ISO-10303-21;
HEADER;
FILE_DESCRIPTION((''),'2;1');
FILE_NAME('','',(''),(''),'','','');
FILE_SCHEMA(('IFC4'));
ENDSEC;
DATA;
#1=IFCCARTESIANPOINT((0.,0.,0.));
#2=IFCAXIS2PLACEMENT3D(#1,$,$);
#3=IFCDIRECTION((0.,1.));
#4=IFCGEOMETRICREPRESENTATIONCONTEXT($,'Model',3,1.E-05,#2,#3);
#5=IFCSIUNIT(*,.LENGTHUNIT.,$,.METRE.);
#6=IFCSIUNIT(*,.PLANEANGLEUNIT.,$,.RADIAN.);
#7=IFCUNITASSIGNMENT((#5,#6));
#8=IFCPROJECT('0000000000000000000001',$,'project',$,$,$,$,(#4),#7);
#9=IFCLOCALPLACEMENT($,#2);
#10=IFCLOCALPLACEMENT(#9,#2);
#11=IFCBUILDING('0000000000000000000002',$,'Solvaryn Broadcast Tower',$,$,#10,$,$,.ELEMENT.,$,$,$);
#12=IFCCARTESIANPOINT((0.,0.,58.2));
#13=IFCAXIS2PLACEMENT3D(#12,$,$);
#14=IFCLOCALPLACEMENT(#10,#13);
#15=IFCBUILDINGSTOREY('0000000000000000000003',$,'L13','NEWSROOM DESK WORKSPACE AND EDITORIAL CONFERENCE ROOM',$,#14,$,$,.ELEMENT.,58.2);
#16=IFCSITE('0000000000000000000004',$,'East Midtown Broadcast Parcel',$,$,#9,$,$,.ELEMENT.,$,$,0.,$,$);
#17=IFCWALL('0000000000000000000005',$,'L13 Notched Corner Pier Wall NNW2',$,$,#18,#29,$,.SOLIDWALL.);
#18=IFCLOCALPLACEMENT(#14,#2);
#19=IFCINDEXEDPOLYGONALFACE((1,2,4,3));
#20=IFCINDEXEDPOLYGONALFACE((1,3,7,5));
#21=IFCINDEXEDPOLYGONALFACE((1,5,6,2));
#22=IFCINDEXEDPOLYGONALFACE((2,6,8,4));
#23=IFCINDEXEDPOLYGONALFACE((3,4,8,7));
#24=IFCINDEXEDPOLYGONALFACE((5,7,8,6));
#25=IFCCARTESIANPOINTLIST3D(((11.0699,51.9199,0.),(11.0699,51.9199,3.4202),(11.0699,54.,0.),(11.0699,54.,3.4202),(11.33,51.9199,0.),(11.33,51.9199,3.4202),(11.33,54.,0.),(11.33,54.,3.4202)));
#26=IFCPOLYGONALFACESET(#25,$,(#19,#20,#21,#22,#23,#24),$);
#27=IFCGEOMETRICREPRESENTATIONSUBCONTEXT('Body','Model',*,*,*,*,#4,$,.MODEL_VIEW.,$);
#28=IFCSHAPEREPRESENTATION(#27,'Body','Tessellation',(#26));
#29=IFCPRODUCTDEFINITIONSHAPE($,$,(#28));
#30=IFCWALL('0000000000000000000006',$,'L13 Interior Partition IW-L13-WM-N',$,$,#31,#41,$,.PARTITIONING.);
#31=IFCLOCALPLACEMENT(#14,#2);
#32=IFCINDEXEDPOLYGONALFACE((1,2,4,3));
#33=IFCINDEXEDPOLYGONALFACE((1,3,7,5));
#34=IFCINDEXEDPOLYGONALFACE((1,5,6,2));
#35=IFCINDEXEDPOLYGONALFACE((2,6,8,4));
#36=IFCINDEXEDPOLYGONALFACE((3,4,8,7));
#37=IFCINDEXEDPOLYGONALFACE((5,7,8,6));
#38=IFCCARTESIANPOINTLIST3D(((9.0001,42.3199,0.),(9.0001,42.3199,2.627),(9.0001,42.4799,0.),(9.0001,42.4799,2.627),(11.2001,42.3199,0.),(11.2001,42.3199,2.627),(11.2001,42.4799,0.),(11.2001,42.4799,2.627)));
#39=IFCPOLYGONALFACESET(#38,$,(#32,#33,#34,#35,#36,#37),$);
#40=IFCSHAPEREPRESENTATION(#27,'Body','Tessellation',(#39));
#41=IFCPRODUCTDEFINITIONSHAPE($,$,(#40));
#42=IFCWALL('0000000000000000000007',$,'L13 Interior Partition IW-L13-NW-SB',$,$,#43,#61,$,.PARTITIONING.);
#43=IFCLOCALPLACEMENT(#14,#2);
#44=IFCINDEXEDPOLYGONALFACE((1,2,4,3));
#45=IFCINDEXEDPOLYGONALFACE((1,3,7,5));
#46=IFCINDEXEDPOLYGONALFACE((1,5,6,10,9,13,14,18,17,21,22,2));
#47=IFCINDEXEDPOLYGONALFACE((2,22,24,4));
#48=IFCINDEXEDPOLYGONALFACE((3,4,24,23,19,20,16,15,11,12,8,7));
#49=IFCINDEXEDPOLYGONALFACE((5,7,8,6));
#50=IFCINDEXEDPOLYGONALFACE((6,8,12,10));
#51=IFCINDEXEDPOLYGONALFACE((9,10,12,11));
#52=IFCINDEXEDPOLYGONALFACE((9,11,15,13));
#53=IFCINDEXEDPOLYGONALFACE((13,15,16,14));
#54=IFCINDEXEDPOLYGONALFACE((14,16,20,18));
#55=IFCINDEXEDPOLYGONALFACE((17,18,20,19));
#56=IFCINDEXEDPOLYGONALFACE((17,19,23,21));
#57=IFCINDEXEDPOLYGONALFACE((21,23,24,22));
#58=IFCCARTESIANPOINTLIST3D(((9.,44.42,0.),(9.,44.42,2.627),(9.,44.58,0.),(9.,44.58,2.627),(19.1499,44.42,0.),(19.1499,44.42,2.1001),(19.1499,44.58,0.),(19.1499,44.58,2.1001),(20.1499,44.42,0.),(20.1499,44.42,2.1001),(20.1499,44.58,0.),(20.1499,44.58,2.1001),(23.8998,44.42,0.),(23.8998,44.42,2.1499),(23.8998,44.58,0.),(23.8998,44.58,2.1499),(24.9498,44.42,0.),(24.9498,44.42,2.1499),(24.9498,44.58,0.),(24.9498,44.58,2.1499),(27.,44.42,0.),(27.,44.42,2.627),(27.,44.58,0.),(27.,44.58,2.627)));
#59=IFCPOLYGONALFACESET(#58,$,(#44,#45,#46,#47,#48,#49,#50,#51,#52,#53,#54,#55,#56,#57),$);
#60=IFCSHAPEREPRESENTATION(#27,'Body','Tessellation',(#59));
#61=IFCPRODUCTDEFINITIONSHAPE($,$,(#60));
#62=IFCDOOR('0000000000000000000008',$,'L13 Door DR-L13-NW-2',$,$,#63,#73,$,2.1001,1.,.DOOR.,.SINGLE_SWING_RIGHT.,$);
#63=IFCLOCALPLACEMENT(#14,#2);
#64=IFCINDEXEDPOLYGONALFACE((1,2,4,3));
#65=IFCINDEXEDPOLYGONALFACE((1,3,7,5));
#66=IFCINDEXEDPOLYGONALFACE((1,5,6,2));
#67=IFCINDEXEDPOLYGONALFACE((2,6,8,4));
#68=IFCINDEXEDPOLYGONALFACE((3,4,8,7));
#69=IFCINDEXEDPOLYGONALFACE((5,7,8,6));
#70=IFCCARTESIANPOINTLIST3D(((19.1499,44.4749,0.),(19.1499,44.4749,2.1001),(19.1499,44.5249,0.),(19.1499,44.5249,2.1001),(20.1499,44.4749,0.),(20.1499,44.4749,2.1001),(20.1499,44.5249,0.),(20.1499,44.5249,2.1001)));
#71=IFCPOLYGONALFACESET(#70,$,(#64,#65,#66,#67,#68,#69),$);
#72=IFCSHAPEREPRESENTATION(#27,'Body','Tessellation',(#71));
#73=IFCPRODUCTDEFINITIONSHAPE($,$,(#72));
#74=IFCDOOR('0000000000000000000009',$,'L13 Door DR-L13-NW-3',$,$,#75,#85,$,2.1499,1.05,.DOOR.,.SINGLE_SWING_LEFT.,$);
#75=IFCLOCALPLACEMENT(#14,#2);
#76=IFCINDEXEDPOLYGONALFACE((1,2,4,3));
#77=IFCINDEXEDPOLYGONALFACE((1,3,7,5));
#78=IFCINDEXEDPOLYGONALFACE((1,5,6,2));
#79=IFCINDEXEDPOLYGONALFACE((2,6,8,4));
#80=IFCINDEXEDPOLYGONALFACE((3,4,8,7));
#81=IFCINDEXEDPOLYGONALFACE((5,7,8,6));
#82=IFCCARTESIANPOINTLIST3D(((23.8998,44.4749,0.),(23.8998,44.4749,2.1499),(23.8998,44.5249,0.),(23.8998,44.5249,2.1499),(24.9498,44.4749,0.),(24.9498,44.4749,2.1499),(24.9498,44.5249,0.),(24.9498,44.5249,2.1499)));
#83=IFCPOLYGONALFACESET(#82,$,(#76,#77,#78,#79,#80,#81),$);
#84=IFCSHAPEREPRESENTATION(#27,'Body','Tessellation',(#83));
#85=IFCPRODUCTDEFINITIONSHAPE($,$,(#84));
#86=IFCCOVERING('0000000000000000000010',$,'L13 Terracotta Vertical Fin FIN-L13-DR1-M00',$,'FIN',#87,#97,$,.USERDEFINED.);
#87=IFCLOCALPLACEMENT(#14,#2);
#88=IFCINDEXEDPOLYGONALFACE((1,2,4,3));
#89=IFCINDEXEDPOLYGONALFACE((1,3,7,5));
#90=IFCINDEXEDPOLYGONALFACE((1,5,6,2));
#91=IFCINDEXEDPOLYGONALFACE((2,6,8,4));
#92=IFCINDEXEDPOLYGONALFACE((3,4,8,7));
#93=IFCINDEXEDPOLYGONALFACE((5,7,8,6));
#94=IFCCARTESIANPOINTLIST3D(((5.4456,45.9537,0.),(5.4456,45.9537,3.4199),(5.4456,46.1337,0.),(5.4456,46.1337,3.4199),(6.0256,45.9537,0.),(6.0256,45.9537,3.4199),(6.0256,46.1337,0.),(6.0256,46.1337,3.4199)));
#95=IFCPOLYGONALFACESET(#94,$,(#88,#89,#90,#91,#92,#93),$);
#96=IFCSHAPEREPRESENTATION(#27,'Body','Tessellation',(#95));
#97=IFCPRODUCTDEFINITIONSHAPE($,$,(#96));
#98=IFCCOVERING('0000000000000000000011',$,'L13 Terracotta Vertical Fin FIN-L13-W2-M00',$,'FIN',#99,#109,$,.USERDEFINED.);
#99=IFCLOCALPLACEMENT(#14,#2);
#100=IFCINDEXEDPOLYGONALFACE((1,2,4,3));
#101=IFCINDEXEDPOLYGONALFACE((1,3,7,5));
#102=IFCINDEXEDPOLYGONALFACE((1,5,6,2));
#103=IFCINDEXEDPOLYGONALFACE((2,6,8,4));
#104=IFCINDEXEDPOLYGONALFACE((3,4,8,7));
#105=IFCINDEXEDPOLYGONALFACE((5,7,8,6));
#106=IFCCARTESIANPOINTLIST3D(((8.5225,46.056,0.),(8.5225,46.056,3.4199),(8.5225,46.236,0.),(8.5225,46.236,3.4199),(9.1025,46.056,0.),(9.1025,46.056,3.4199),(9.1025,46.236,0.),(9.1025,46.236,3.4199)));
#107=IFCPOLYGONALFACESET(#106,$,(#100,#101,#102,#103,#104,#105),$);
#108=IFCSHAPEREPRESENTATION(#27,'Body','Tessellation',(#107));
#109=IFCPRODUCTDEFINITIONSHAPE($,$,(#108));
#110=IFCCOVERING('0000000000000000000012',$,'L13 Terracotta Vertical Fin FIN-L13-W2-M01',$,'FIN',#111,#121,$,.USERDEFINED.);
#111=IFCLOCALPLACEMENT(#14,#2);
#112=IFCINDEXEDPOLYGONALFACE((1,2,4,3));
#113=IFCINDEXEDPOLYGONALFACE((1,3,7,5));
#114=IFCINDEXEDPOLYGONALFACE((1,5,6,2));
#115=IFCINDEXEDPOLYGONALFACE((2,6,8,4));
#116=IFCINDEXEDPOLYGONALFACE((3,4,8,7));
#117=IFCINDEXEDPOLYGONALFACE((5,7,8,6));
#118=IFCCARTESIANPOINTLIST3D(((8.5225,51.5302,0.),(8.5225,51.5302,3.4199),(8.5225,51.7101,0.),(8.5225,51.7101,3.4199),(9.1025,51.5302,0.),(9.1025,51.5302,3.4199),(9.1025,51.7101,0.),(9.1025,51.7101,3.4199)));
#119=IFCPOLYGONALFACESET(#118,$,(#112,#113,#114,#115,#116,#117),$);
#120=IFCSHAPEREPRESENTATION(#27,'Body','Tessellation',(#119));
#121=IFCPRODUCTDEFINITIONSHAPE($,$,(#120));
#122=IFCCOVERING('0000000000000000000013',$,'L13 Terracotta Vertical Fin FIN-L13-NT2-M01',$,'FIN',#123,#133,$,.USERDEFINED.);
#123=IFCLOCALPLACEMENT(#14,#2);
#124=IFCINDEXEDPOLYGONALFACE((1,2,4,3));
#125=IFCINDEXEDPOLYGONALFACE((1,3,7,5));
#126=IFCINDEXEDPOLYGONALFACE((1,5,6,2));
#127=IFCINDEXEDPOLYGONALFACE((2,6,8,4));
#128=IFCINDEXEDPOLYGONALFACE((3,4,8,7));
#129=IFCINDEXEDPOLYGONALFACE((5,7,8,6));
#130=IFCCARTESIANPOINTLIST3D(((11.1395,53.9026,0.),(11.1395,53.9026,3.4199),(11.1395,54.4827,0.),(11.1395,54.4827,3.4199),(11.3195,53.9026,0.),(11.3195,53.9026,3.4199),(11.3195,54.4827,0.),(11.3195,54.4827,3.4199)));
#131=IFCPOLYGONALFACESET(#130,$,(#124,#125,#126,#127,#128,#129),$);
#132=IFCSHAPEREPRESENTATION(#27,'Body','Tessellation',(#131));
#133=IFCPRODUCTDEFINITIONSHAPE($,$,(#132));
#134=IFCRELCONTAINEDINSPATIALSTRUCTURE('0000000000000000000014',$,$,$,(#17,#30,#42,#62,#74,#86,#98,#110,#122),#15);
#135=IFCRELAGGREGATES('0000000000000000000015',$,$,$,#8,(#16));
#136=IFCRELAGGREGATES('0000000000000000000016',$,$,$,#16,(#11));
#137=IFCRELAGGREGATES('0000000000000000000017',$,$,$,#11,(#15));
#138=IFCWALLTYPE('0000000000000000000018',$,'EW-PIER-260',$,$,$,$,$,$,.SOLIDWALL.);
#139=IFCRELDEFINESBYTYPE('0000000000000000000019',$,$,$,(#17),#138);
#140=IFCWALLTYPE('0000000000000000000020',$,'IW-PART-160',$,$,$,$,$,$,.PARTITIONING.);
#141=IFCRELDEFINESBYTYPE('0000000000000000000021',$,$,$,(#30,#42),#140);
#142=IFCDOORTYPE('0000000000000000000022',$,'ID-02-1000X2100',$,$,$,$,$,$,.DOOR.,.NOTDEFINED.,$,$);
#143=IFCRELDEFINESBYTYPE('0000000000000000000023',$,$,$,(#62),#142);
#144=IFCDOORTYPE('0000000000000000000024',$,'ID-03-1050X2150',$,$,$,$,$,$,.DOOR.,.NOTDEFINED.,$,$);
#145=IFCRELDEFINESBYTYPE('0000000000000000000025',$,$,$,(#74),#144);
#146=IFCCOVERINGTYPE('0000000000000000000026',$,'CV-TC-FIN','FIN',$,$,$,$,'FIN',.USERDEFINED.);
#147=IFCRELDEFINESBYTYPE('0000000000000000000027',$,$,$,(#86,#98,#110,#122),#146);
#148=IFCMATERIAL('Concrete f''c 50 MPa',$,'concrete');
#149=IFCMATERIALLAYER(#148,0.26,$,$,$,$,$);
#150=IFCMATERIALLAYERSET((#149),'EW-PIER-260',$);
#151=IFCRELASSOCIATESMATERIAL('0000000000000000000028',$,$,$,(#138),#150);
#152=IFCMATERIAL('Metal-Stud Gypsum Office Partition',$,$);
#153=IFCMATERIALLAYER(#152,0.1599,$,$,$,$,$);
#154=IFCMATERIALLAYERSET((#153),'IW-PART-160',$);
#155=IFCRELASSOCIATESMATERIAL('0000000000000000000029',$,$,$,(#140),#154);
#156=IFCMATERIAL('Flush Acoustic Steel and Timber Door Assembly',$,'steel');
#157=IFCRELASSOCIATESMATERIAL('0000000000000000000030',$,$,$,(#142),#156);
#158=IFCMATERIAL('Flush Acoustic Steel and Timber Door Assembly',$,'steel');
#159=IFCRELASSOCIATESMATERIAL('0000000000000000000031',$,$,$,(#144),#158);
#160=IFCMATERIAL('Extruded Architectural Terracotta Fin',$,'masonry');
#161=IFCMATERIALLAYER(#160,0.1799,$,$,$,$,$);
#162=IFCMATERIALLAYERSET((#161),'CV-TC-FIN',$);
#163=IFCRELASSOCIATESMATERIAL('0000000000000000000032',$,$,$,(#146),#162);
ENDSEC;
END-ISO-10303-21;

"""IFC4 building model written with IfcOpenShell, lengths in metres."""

from ifc_helpers import new_model, si_unit, direction, frame, frame_2d, origin, origin_2d, place, context, subcontext, project, spatial, rectangle, extrude, material, layer, layer_set, type_object, element, fill, save


model = new_model("IFC4")

# Units and contexts
model_context = context("Model", 3, precision=1e-05, world=origin(), true_north=direction((0.0, 1.0)))
body_context = subcontext(model_context, "Body", "Model", "MODEL_VIEW")
ifc_project = project(units=[si_unit("LENGTHUNIT", "METRE"), si_unit("PLANEANGLEUNIT", "RADIAN")], contexts=[model_context])

# Site, building, storey
site_placement = place(None, origin())
site = spatial("IfcSite", under=ifc_project, at=site_placement, Name="East Midtown Broadcast Parcel", CompositionType="ELEMENT", RefElevation=0.0)
building_placement = place(site_placement, origin())
building = spatial("IfcBuilding", under=site, at=building_placement, Name="Solvaryn Broadcast Tower", CompositionType="ELEMENT")
storey_placement = place(building_placement, frame((0.0, 0.0, 58.2)))
storey = spatial("IfcBuildingStorey", under=building, at=storey_placement, Name="L13", Description="NEWSROOM DESK WORKSPACE AND EDITORIAL CONFERENCE ROOM", CompositionType="ELEMENT", Elevation=58.2)

# Walls
ifc_material_1 = material(Name="Concrete f'c 50 MPa", Category="concrete")
ifc_layer_1 = layer(ifc_material_1, 0.26)
ifc_layer_set_1 = layer_set([ifc_layer_1], Name="EW-PIER-260")
wall_type_1 = type_object("IfcWallType", Name="EW-PIER-260", PredefinedType="SOLIDWALL", material=ifc_layer_set_1)
wall_1_placement = place(storey_placement, frame((11.2, 51.9199, 0.0), z_axis=(0.0, 0.0, 1.0), x_axis=(0.0, 1.0, 0.0)))
element("IfcWall", 1, at=wall_1_placement, inside=storey, type_object=wall_type_1, Name="L13 Notched Corner Pier Wall NNW2", PredefinedType="SOLIDWALL", context=body_context, shape_type="SweptSolid", body=[
    extrude(rectangle(XDim=2.0801, YDim=0.26, at=frame_2d((1.04, 0.0))), origin(), (0.0, 0.0, 1.0), 3.4202),
])
ifc_material_2 = material(Name="Metal-Stud Gypsum Office Partition")
ifc_layer_2 = layer(ifc_material_2, 0.1599)
ifc_layer_set_2 = layer_set([ifc_layer_2], Name="IW-PART-160")
wall_type_2 = type_object("IfcWallType", Name="IW-PART-160", PredefinedType="PARTITIONING", material=ifc_layer_set_2)
wall_2_placement = place(storey_placement, frame((9.0, 42.3999, 0.0), z_axis=(0.0, 0.0, 1.0), x_axis=(1.0, 0.0, 0.0)))
element("IfcWall", 2, at=wall_2_placement, inside=storey, type_object=wall_type_2, Name="L13 Interior Partition IW-L13-WM-N", PredefinedType="PARTITIONING", context=body_context, shape_type="SweptSolid", body=[
    extrude(rectangle(XDim=2.2, YDim=0.1599, at=frame_2d((1.1001, 0.0))), origin(), (0.0, 0.0, 1.0), 2.627),
])

# Wall, openings, doors
wall_3_placement = place(storey_placement, frame((9.0, 44.5, 0.0), z_axis=(0.0, 0.0, 1.0), x_axis=(1.0, 0.0, 0.0)))
wall_3 = element("IfcWall", 3, at=wall_3_placement, inside=storey, type_object=wall_type_2, Name="L13 Interior Partition IW-L13-NW-SB", PredefinedType="PARTITIONING", context=body_context, shape_type="SweptSolid", body=[
    extrude(rectangle(XDim=18.0, YDim=0.1599, at=frame_2d((9.0, 0.0))), origin(), (0.0, 0.0, 1.0), 2.627),
])
opening_1_placement = place(wall_3_placement, frame((10.1499, 0.0, 0.0)))
opening_1 = element("IfcOpeningElement", 4, at=opening_1_placement, cuts=wall_3, PredefinedType="OPENING", context=body_context, shape_type="SweptSolid", body=[
    extrude(rectangle(XDim=1.0, YDim=2.1001, at=frame_2d((0.5, 1.05))), frame((0.0, 0.0901, 0.0), z_axis=(0.0, -1.0, 0.0), x_axis=(1.0, 0.0, 0.0)), (0.0, 0.0, 1.0), 0.1799),
])
opening_2_placement = place(wall_3_placement, frame((14.8999, 0.0, 0.0)))
opening_2 = element("IfcOpeningElement", 5, at=opening_2_placement, cuts=wall_3, PredefinedType="OPENING", context=body_context, shape_type="SweptSolid", body=[
    extrude(rectangle(XDim=1.05, YDim=2.1499, at=frame_2d((0.5249, 1.075))), frame((0.0, 0.0901, 0.0), z_axis=(0.0, -1.0, 0.0), x_axis=(1.0, 0.0, 0.0)), (0.0, 0.0, 1.0), 0.1799),
])
ifc_material_3 = material(Name="Flush Acoustic Steel and Timber Door Assembly", Category="steel")
door_type_1 = type_object("IfcDoorType", Name="ID-02-1000X2100", OperationType="NOTDEFINED", PredefinedType="DOOR", material=ifc_material_3)
door_1_placement = place(opening_1_placement, origin())
door_1 = element("IfcDoor", 6, at=door_1_placement, inside=storey, type_object=door_type_1, Name="L13 Door DR-L13-NW-2", OperationType="SINGLE_SWING_RIGHT", OverallHeight=2.1001, OverallWidth=1.0, PredefinedType="DOOR", context=body_context, shape_type="SweptSolid", body=[
    extrude(rectangle(XDim=1.0, YDim=2.1001, at=frame_2d((0.5, 1.05))), frame((0.0, 0.0249, 0.0), z_axis=(0.0, -1.0, 0.0), x_axis=(1.0, 0.0, 0.0)), (0.0, 0.0, 1.0), 0.05),
])
fill(opening_1, door_1)
ifc_material_4 = material(Name="Flush Acoustic Steel and Timber Door Assembly", Category="steel")
door_type_2 = type_object("IfcDoorType", Name="ID-03-1050X2150", OperationType="NOTDEFINED", PredefinedType="DOOR", material=ifc_material_4)
door_2_placement = place(opening_2_placement, origin())
door_2 = element("IfcDoor", 7, at=door_2_placement, inside=storey, type_object=door_type_2, Name="L13 Door DR-L13-NW-3", OperationType="SINGLE_SWING_LEFT", OverallHeight=2.1499, OverallWidth=1.05, PredefinedType="DOOR", context=body_context, shape_type="SweptSolid", body=[
    extrude(rectangle(XDim=1.05, YDim=2.1499, at=frame_2d((0.5249, 1.075))), frame((0.0, 0.0249, 0.0), z_axis=(0.0, -1.0, 0.0), x_axis=(1.0, 0.0, 0.0)), (0.0, 0.0, 1.0), 0.05),
])
fill(opening_2, door_2)

# Coverings
ifc_material_5 = material(Name="Extruded Architectural Terracotta Fin", Category="masonry")
ifc_layer_3 = layer(ifc_material_5, 0.1799)
ifc_layer_set_3 = layer_set([ifc_layer_3], Name="CV-TC-FIN")
covering_type = type_object("IfcCoveringType", Name="CV-TC-FIN", Description="FIN", ElementType="FIN", PredefinedType="USERDEFINED", material=ifc_layer_set_3)
for number, where, z_axis, x_axis, name in (
    (8, (5.7356, 46.0437, 0.0), (0.0, 0.0, 1.0), (1.0, 0.0, 0.0), "L13 Terracotta Vertical Fin FIN-L13-DR1-M00"),
    (9, (8.8125, 46.146, 0.0), (0.0, 0.0, 1.0), (1.0, 0.0, 0.0), "L13 Terracotta Vertical Fin FIN-L13-W2-M00"),
    (10, (8.8125, 51.6201, 0.0), (0.0, 0.0, 1.0), (1.0, 0.0, 0.0), "L13 Terracotta Vertical Fin FIN-L13-W2-M01"),
):
    element("IfcCovering", number, at=place(storey_placement, frame(where, z_axis=z_axis, x_axis=x_axis)), inside=storey, type_object=covering_type, Name=name, ObjectType="FIN", PredefinedType="USERDEFINED", context=body_context, shape_type="SweptSolid", body=[
        extrude(rectangle(XDim=0.5801, YDim=0.1799, at=origin_2d()), origin(), (0.0, 0.0, 1.0), 3.4199),
    ])
covering_placement = place(storey_placement, frame((11.2295, 54.1926, 0.0), z_axis=(0.0, 0.0, 1.0), x_axis=(1.0, 0.0, 0.0)))
element("IfcCovering", 11, at=covering_placement, inside=storey, type_object=covering_type, Name="L13 Terracotta Vertical Fin FIN-L13-NT2-M01", ObjectType="FIN", PredefinedType="USERDEFINED", context=body_context, shape_type="SweptSolid", body=[
    extrude(rectangle(XDim=0.1799, YDim=0.5801, at=origin_2d()), origin(), (0.0, 0.0, 1.0), 3.4199),
])

save(model, "model.ifc")
